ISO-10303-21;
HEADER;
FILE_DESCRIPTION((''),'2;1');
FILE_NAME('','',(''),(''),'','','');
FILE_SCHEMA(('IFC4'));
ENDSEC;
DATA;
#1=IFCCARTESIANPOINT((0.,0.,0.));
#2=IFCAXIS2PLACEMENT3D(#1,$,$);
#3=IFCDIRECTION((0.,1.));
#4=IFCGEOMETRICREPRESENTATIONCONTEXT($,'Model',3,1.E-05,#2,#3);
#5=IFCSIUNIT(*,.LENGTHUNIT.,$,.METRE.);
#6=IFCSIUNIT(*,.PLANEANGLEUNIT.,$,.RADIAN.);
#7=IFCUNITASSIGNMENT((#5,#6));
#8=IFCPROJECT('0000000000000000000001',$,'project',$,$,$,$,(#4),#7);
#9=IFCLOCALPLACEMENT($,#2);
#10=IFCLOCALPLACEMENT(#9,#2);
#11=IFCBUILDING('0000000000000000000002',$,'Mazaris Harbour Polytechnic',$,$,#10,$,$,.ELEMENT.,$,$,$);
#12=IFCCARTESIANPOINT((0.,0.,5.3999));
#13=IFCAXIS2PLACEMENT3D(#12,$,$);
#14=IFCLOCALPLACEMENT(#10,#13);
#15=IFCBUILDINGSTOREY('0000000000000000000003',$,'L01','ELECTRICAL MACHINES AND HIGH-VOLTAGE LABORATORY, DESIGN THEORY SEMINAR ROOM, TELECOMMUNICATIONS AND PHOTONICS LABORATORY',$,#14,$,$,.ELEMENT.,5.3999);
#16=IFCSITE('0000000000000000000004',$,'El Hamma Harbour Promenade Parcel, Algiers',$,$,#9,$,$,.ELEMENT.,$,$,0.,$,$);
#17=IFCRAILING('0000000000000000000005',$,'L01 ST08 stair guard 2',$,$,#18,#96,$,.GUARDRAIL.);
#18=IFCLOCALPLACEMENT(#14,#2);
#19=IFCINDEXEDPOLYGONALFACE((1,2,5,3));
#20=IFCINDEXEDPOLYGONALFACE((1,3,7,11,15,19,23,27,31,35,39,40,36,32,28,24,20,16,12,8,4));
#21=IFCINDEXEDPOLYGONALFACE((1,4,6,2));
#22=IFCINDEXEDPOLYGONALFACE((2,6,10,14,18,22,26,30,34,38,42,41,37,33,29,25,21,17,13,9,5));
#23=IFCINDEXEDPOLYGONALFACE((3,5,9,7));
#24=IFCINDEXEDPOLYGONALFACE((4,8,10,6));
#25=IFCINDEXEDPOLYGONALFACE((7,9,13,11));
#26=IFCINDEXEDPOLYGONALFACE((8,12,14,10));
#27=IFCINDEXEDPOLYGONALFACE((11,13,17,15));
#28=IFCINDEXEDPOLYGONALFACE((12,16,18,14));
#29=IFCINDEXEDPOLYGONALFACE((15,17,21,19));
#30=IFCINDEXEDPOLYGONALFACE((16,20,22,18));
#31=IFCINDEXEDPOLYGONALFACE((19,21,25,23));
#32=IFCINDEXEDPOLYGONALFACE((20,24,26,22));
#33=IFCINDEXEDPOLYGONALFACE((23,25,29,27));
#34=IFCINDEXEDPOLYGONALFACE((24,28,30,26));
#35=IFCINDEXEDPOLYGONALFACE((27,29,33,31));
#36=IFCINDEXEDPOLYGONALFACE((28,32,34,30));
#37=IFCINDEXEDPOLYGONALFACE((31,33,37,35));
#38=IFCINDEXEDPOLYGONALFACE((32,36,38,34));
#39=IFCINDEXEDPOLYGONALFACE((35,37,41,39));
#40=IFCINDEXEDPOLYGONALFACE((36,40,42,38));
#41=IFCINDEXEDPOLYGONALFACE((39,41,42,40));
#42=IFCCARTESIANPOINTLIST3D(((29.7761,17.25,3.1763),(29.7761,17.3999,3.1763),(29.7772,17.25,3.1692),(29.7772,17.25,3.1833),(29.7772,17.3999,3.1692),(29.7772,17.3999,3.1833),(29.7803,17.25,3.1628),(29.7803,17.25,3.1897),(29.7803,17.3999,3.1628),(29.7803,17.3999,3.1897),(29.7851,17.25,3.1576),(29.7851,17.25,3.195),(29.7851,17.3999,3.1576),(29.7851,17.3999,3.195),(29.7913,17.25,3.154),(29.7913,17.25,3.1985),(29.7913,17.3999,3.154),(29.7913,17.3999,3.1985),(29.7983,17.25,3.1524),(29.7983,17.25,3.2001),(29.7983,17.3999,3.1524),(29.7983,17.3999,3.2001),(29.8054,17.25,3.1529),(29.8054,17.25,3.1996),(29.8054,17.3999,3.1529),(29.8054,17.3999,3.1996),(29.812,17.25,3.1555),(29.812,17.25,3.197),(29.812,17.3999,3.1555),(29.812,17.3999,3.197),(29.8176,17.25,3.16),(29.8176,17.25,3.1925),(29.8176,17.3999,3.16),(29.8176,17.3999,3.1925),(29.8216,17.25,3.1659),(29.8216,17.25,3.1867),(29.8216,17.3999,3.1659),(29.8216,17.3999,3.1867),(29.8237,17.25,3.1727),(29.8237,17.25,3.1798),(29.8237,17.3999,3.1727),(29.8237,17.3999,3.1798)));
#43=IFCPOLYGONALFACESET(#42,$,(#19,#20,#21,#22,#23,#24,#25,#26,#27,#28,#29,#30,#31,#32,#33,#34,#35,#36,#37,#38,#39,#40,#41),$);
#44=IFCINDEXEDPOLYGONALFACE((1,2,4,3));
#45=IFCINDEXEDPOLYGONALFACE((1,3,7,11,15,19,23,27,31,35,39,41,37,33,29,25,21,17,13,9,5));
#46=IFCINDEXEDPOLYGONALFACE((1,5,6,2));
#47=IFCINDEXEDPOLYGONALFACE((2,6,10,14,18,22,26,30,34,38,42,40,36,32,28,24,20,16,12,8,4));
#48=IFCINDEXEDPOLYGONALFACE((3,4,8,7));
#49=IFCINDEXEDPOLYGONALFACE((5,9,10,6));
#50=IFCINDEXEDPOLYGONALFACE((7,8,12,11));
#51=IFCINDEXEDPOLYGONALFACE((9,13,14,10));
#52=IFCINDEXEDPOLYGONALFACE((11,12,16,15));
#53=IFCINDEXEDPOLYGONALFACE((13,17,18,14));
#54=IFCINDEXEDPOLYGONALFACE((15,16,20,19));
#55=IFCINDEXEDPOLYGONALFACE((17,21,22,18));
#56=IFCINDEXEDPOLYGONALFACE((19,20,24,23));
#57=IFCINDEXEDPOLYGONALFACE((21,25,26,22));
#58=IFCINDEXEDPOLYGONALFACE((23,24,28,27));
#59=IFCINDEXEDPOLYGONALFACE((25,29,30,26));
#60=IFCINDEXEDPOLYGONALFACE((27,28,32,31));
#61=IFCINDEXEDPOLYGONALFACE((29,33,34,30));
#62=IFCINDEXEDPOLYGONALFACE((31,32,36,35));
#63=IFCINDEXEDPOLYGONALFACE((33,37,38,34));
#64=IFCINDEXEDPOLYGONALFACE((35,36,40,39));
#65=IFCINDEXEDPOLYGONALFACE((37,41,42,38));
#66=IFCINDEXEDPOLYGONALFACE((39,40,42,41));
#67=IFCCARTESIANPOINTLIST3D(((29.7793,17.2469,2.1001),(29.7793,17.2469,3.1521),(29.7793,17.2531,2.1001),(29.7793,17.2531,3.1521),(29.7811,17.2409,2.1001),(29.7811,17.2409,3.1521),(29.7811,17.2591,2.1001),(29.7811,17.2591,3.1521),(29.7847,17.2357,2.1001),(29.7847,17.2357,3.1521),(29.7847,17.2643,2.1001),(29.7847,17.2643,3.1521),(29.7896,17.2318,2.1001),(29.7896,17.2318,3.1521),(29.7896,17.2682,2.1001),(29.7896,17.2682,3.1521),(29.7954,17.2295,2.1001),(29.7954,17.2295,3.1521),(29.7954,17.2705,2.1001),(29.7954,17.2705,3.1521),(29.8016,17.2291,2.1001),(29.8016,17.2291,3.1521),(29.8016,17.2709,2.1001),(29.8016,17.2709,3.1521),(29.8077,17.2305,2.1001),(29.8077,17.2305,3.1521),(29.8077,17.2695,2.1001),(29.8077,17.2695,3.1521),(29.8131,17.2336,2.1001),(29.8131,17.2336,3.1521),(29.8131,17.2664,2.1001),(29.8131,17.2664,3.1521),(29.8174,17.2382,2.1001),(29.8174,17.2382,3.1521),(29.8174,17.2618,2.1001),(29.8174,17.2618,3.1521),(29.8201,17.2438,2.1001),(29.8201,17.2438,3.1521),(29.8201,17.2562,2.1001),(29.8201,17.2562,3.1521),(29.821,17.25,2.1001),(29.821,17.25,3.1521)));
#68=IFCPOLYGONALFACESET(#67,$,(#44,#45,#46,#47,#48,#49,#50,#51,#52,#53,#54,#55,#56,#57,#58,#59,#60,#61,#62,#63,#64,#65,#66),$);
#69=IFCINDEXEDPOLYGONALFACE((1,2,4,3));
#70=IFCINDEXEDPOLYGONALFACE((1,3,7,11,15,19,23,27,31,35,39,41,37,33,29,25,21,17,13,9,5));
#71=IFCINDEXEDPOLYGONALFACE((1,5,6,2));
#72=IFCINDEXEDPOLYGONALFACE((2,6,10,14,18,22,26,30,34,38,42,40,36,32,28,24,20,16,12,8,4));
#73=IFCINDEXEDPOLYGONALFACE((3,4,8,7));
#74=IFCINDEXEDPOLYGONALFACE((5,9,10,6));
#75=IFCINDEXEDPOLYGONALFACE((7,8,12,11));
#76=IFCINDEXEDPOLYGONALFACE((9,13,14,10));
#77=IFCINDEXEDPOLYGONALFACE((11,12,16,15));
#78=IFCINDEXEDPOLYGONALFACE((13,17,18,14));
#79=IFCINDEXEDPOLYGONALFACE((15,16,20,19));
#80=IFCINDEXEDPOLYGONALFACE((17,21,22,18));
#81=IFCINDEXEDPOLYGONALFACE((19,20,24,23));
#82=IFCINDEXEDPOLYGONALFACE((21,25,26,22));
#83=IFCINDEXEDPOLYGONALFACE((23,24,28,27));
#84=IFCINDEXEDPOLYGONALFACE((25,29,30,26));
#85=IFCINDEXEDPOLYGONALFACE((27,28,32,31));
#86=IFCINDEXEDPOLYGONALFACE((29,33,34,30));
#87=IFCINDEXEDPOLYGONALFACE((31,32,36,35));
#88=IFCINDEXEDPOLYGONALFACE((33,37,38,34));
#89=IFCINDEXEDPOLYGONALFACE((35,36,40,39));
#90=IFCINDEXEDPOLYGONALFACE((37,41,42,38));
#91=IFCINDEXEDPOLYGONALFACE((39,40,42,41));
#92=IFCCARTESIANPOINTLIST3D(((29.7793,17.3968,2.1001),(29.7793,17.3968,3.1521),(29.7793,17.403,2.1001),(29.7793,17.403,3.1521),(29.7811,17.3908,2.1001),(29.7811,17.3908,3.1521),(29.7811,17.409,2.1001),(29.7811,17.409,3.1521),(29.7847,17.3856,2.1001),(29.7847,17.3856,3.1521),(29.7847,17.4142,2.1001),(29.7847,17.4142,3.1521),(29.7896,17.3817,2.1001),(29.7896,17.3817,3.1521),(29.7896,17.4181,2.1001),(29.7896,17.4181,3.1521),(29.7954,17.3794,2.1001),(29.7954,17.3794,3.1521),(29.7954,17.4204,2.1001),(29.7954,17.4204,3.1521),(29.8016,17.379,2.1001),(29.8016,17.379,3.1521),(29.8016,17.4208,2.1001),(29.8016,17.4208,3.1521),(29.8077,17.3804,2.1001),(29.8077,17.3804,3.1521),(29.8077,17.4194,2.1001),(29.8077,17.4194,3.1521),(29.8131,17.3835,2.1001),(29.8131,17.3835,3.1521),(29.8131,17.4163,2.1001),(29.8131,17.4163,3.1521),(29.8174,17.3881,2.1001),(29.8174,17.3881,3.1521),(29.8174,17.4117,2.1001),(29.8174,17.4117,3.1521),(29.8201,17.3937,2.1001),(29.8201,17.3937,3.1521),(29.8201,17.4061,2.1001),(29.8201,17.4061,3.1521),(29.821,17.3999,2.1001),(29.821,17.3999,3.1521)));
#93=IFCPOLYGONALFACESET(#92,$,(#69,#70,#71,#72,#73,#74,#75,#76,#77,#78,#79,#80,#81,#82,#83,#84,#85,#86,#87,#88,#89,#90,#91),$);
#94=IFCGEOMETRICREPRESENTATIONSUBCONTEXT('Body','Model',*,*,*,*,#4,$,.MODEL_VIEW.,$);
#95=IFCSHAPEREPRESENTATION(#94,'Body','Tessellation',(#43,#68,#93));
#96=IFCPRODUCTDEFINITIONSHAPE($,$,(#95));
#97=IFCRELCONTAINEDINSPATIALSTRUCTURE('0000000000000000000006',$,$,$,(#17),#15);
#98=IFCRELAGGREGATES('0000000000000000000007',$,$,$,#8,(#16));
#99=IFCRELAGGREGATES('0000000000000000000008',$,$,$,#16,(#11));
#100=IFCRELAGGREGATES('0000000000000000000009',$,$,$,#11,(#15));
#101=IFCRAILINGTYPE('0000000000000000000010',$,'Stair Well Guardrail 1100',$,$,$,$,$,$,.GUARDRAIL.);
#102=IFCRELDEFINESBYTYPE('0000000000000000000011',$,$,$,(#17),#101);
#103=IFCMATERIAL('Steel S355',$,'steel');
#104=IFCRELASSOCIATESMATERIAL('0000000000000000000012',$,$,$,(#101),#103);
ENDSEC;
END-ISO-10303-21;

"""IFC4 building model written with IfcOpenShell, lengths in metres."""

from ifc_helpers import new_model, si_unit, direction, frame, origin, origin_2d, place, context, subcontext, project, spatial, circle, extrude, material, type_object, element, save


model = new_model("IFC4")

# Units and contexts
model_context = context("Model", 3, precision=1e-05, world=origin(), true_north=direction((0.0, 1.0)))
body_context = subcontext(model_context, "Body", "Model", "MODEL_VIEW")
ifc_project = project(units=[si_unit("LENGTHUNIT", "METRE"), si_unit("PLANEANGLEUNIT", "RADIAN")], contexts=[model_context])

# Site, building, storey
site_placement = place(None, origin())
site = spatial("IfcSite", under=ifc_project, at=site_placement, Name="El Hamma Harbour Promenade Parcel, Algiers", CompositionType="ELEMENT", RefElevation=0.0)
building_placement = place(site_placement, origin())
building = spatial("IfcBuilding", under=site, at=building_placement, Name="Mazaris Harbour Polytechnic", CompositionType="ELEMENT")
storey_placement = place(building_placement, frame((0.0, 0.0, 5.3999)))
storey = spatial("IfcBuildingStorey", under=building, at=storey_placement, Name="L01", Description="ELECTRICAL MACHINES AND HIGH-VOLTAGE LABORATORY, DESIGN THEORY SEMINAR ROOM, TELECOMMUNICATIONS AND PHOTONICS LABORATORY", CompositionType="ELEMENT", Elevation=5.3999)

# Railing
ifc_material_1 = material(Name="Steel S355", Category="steel")
railing_type_1 = type_object("IfcRailingType", Name="Stair Well Guardrail 1100", PredefinedType="GUARDRAIL", material=ifc_material_1)
railing_1_placement = place(storey_placement, frame((29.8, 17.25, 2.1001)))
element("IfcRailing", 1, at=railing_1_placement, inside=storey, type_object=railing_type_1, Name="L01 ST08 stair guard 2", PredefinedType="GUARDRAIL", context=body_context, shape_type="SweptSolid", body=[
    extrude(circle(Radius=0.0239, at=origin_2d()), frame((0.0, 0.0, 1.0762), z_axis=(0.0, 1.0, 0.0), x_axis=(-1.0, 0.0, 0.0)), (0.0, 0.0, 1.0), 0.1499),
    extrude(circle(Radius=0.021, at=origin_2d()), origin(), (0.0, 0.0, 1.0), 1.052),
    extrude(circle(Radius=0.021, at=origin_2d()), frame((0.0, 0.1499, 0.0)), (0.0, 0.0, 1.0), 1.052),
])

save(model, "model.ifc")
